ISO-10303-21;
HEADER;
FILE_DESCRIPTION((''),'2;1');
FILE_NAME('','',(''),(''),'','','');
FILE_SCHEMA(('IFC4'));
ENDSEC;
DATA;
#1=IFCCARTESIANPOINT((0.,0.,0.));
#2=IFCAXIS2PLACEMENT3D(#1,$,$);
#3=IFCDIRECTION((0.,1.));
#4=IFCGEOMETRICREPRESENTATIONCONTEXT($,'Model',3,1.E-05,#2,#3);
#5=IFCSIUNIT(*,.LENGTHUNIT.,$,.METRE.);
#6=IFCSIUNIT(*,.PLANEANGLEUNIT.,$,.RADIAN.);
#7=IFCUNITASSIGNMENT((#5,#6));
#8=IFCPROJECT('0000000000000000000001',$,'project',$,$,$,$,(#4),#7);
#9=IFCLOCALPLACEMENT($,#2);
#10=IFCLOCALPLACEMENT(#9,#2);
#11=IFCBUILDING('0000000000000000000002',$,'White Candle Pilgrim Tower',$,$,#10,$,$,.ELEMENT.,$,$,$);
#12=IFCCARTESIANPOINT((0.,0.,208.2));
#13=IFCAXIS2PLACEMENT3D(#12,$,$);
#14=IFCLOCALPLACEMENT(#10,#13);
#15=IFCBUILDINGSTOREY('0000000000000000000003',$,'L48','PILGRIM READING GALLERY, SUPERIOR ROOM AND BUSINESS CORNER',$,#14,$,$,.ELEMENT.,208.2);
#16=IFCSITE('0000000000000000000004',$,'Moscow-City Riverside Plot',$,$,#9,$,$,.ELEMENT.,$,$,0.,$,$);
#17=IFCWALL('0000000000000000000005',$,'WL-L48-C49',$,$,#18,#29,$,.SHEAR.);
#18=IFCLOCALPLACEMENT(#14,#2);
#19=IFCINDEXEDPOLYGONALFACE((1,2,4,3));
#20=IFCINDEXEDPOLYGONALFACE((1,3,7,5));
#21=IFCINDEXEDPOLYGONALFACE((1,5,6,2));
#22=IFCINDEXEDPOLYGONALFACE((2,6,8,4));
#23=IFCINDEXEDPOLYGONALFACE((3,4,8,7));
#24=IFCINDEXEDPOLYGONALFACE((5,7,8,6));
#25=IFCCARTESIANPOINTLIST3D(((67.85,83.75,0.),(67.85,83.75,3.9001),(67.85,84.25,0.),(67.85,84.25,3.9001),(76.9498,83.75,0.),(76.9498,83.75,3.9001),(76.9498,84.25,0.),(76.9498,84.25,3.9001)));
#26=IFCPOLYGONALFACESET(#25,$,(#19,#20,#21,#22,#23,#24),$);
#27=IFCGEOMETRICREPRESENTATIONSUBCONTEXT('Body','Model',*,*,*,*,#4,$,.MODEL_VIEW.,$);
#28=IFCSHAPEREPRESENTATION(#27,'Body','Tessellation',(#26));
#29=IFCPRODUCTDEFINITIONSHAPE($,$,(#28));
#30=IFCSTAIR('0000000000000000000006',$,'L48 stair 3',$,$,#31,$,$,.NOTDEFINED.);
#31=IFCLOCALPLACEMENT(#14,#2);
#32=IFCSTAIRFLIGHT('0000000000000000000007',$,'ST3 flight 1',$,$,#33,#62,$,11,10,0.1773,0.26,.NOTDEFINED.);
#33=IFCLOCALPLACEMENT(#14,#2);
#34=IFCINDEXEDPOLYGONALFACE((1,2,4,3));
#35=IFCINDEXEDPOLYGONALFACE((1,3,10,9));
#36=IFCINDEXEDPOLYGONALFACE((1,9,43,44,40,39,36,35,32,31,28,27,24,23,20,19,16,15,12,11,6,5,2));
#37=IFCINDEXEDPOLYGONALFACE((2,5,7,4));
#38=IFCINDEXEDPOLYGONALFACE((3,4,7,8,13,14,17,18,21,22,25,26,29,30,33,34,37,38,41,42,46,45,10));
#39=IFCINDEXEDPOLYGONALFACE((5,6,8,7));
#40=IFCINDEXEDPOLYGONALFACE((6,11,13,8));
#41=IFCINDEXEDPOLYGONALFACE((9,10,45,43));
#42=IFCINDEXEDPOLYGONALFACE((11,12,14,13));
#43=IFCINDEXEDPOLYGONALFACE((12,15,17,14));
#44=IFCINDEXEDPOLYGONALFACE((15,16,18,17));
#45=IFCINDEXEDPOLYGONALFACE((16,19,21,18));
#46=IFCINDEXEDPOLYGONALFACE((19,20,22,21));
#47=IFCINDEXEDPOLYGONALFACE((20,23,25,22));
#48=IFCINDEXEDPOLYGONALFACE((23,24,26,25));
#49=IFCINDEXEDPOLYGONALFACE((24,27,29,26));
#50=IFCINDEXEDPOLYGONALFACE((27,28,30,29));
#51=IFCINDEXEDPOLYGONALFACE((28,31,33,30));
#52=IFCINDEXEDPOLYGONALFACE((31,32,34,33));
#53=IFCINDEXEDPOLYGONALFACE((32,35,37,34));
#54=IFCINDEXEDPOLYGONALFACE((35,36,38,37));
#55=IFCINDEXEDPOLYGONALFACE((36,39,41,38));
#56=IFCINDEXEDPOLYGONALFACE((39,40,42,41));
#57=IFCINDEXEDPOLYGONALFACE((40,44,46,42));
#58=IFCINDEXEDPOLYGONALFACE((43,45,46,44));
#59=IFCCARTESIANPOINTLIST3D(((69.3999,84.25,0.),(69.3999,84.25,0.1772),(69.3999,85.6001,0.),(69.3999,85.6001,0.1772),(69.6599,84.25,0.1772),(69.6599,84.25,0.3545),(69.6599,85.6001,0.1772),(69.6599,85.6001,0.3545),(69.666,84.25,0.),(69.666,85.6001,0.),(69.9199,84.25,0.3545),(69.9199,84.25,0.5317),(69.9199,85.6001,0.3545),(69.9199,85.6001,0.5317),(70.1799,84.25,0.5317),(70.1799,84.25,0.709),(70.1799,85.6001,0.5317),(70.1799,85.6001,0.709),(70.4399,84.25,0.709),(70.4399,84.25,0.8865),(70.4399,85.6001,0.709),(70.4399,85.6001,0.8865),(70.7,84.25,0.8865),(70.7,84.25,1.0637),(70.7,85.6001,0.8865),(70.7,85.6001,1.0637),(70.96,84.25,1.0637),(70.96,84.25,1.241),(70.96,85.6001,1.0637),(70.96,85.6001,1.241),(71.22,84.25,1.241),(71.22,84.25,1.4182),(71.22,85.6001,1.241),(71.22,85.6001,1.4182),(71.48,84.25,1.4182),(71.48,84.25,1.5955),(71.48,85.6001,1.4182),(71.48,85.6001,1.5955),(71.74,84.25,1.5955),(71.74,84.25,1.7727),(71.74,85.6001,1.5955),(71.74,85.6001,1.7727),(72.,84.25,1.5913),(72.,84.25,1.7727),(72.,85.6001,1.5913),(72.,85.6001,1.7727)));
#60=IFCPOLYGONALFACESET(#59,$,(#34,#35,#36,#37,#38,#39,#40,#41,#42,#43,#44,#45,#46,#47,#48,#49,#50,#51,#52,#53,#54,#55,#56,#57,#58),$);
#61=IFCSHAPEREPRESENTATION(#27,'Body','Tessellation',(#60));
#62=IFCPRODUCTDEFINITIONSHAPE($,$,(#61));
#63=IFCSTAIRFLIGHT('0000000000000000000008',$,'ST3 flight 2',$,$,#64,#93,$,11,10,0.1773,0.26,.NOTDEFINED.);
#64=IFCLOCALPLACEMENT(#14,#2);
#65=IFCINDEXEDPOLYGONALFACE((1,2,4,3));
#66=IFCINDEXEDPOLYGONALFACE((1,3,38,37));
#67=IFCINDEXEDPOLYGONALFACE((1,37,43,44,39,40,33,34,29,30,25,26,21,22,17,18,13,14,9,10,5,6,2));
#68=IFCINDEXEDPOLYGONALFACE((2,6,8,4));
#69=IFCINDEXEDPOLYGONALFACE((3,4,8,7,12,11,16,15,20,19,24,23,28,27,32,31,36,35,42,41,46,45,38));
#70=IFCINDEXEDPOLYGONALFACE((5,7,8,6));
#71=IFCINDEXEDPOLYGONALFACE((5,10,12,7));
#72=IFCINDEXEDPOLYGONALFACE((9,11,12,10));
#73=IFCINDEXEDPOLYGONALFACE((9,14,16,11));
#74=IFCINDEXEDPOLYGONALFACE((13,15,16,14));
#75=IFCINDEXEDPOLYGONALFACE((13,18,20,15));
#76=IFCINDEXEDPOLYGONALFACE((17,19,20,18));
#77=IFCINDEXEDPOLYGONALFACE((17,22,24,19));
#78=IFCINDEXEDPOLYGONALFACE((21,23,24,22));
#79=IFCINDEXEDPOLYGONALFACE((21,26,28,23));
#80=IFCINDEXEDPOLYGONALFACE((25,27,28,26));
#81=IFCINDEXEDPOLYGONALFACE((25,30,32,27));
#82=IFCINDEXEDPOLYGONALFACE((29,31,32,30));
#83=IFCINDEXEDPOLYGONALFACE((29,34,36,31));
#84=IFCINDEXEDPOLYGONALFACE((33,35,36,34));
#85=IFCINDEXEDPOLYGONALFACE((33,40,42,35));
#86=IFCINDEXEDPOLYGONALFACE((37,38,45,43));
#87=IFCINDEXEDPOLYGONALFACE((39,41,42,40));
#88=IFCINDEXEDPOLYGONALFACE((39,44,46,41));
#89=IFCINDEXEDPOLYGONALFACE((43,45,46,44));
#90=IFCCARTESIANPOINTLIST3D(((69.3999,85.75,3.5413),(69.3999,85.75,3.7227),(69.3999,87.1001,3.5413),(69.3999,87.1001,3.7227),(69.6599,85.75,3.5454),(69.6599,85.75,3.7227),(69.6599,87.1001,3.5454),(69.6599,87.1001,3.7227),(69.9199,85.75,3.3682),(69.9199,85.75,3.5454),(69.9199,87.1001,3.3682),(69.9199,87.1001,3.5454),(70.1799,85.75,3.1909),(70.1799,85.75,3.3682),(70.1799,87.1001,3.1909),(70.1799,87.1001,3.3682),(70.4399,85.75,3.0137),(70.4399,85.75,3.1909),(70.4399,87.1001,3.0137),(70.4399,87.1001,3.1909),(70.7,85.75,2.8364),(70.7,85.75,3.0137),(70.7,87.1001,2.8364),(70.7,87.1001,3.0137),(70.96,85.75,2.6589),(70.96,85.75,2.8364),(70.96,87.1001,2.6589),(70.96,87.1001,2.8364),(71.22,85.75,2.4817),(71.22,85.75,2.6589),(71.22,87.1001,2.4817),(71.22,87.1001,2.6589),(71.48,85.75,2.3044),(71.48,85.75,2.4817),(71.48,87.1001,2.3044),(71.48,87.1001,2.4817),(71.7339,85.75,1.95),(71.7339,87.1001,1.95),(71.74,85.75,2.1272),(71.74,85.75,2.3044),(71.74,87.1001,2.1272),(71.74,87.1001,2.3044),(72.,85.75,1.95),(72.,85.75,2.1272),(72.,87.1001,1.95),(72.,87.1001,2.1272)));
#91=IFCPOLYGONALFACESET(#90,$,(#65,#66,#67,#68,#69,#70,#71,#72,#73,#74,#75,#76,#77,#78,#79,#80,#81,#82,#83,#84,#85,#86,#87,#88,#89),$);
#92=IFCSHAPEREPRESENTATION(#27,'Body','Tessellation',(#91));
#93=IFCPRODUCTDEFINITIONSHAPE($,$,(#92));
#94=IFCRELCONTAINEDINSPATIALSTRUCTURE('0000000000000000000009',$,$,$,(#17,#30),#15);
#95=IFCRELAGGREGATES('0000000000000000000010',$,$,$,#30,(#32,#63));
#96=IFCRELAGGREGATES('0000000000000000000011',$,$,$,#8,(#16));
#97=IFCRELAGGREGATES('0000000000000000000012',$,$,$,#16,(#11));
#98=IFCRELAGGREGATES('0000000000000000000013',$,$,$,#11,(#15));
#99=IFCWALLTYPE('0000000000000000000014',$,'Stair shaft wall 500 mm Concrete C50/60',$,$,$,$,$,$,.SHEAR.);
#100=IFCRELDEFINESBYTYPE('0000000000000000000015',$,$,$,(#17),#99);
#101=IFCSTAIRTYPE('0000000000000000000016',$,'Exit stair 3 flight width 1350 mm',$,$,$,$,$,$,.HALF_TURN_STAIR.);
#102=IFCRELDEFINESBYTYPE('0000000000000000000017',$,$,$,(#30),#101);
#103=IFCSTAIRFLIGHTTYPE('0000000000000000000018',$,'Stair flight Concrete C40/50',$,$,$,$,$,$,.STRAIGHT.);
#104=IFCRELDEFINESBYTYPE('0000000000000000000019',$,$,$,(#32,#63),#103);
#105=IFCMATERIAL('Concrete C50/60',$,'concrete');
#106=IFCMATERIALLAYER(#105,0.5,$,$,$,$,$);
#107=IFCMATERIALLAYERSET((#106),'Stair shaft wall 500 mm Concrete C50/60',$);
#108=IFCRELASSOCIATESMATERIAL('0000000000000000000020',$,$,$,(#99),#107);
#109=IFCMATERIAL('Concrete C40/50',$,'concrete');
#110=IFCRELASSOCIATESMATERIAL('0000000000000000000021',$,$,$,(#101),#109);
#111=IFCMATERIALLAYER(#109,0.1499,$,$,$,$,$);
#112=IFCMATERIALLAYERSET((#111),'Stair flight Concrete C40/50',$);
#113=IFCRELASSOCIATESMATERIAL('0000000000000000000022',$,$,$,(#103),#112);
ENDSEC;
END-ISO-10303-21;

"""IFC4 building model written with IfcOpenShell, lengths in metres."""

from ifc_helpers import new_model, si_unit, direction, frame, frame_2d, origin, place, context, subcontext, project, spatial, polyline, rectangle, outline, extrude, material, layer, layer_set, type_object, element, aggregate, save


model = new_model("IFC4")

# Units and contexts
model_context = context("Model", 3, precision=1e-05, world=origin(), true_north=direction((0.0, 1.0)))
body_context = subcontext(model_context, "Body", "Model", "MODEL_VIEW")
ifc_project = project(units=[si_unit("LENGTHUNIT", "METRE"), si_unit("PLANEANGLEUNIT", "RADIAN")], contexts=[model_context])

# Site, building, storey
site_placement = place(None, origin())
site = spatial("IfcSite", under=ifc_project, at=site_placement, Name="Moscow-City Riverside Plot", CompositionType="ELEMENT", RefElevation=0.0)
building_placement = place(site_placement, origin())
building = spatial("IfcBuilding", under=site, at=building_placement, Name="White Candle Pilgrim Tower", CompositionType="ELEMENT")
storey_placement = place(building_placement, frame((0.0, 0.0, 208.2)))
storey = spatial("IfcBuildingStorey", under=building, at=storey_placement, Name="L48", Description="PILGRIM READING GALLERY, SUPERIOR ROOM AND BUSINESS CORNER", CompositionType="ELEMENT", Elevation=208.2)

# Shared definitions
ifc_material_1 = material(Name="Concrete C50/60", Category="concrete")

# Wall
ifc_layer_1 = layer(ifc_material_1, 0.5)
ifc_layer_set_1 = layer_set([ifc_layer_1], Name="Stair shaft wall 500 mm Concrete C50/60")
wall_type_1 = type_object("IfcWallType", Name="Stair shaft wall 500 mm Concrete C50/60", PredefinedType="SHEAR", material=ifc_layer_set_1)
wall_1_placement = place(storey_placement, frame((67.8501, 84.0, 0.0), z_axis=(0.0, 0.0, 1.0), x_axis=(1.0, 0.0, 0.0)))
element("IfcWall", 1, at=wall_1_placement, inside=storey, type_object=wall_type_1, Name="WL-L48-C49", PredefinedType="SHEAR", context=body_context, shape_type="SweptSolid", body=[
    extrude(rectangle(XDim=9.0999, YDim=0.5, at=frame_2d((4.5498, 0.0))), origin(), (0.0, 0.0, 1.0), 3.9001),
])

# Stair, stair flights
ifc_material_2 = material(Name="Concrete C40/50", Category="concrete")
stair_type = type_object("IfcStairType", Name="Exit stair 3 flight width 1350 mm", PredefinedType="HALF_TURN_STAIR", material=ifc_material_2)
stair_placement = place(storey_placement, origin())
stair = element("IfcStair", 2, at=stair_placement, inside=storey, type_object=stair_type, Name="L48 stair 3", PredefinedType="NOTDEFINED")
ifc_layer_2 = layer(ifc_material_2, 0.1499)
ifc_layer_set_2 = layer_set([ifc_layer_2], Name="Stair flight Concrete C40/50")
stair_flight_type = type_object("IfcStairFlightType", Name="Stair flight Concrete C40/50", PredefinedType="STRAIGHT", material=ifc_layer_set_2)
stair_flight_1_placement = place(storey_placement, frame((69.3999, 84.925, 0.0), z_axis=(0.0, 0.0, 1.0), x_axis=(1.0, 0.0, 0.0)))
stair_flight_1 = element("IfcStairFlight", 3, at=stair_flight_1_placement, type_object=stair_flight_type, Name="ST3 flight 1", NumberOfRisers=11, NumberOfTreads=10, PredefinedType="NOTDEFINED", RiserHeight=0.1773, TreadLength=0.26, context=body_context, shape_type="SweptSolid", body=[
    extrude(outline(polyline([(0.0, 0.0), (0.0, 0.1772), (0.26, 0.1772), (0.26, 0.3545), (0.52, 0.3545), (0.52, 0.5317), (0.78, 0.5317), (0.78, 0.709), (1.04, 0.709), (1.04, 0.8865), (1.3, 0.8865), (1.3, 1.0637), (1.5601, 1.0637), (1.5601, 1.241), (1.8201, 1.241), (1.8201, 1.4182), (2.0801, 1.4182), (2.0801, 1.5955), (2.3401, 1.5955), (2.3401, 1.7727), (2.6001, 1.7727), (2.6001, 1.95), (2.6001, 1.5913), (0.2661, 0.0), (0.0, 0.0)])), frame((0.0, 0.675, 0.0), z_axis=(0.0, -1.0, 0.0), x_axis=(1.0, 0.0, 0.0)), (0.0, 0.0, 1.0), 1.3501),
])
stair_flight_2_placement = place(storey_placement, frame((72.0, 86.425, 1.95), z_axis=(0.0, 0.0, 1.0), x_axis=(-1.0, 0.0, 0.0)))
stair_flight_2 = element("IfcStairFlight", 4, at=stair_flight_2_placement, type_object=stair_flight_type, Name="ST3 flight 2", NumberOfRisers=11, NumberOfTreads=10, PredefinedType="NOTDEFINED", RiserHeight=0.1773, TreadLength=0.26, context=body_context, shape_type="SweptSolid", body=[
    extrude(outline(polyline([(0.0, 0.0), (0.0, 0.1772), (0.26, 0.1772), (0.26, 0.3545), (0.52, 0.3545), (0.52, 0.5317), (0.78, 0.5317), (0.78, 0.709), (1.04, 0.709), (1.04, 0.8865), (1.3, 0.8865), (1.3, 1.0637), (1.5601, 1.0637), (1.5601, 1.241), (1.8201, 1.241), (1.8201, 1.4182), (2.0801, 1.4182), (2.0801, 1.5955), (2.3401, 1.5955), (2.3401, 1.7727), (2.6001, 1.7727), (2.6001, 1.95), (2.6001, 1.5913), (0.2661, 0.0), (0.0, 0.0)])), frame((0.0, 0.675, 0.0), z_axis=(0.0, -1.0, 0.0), x_axis=(1.0, 0.0, 0.0)), (0.0, 0.0, 1.0), 1.3501),
])
aggregate(stair, [stair_flight_1, stair_flight_2])

save(model, "model.ifc")
